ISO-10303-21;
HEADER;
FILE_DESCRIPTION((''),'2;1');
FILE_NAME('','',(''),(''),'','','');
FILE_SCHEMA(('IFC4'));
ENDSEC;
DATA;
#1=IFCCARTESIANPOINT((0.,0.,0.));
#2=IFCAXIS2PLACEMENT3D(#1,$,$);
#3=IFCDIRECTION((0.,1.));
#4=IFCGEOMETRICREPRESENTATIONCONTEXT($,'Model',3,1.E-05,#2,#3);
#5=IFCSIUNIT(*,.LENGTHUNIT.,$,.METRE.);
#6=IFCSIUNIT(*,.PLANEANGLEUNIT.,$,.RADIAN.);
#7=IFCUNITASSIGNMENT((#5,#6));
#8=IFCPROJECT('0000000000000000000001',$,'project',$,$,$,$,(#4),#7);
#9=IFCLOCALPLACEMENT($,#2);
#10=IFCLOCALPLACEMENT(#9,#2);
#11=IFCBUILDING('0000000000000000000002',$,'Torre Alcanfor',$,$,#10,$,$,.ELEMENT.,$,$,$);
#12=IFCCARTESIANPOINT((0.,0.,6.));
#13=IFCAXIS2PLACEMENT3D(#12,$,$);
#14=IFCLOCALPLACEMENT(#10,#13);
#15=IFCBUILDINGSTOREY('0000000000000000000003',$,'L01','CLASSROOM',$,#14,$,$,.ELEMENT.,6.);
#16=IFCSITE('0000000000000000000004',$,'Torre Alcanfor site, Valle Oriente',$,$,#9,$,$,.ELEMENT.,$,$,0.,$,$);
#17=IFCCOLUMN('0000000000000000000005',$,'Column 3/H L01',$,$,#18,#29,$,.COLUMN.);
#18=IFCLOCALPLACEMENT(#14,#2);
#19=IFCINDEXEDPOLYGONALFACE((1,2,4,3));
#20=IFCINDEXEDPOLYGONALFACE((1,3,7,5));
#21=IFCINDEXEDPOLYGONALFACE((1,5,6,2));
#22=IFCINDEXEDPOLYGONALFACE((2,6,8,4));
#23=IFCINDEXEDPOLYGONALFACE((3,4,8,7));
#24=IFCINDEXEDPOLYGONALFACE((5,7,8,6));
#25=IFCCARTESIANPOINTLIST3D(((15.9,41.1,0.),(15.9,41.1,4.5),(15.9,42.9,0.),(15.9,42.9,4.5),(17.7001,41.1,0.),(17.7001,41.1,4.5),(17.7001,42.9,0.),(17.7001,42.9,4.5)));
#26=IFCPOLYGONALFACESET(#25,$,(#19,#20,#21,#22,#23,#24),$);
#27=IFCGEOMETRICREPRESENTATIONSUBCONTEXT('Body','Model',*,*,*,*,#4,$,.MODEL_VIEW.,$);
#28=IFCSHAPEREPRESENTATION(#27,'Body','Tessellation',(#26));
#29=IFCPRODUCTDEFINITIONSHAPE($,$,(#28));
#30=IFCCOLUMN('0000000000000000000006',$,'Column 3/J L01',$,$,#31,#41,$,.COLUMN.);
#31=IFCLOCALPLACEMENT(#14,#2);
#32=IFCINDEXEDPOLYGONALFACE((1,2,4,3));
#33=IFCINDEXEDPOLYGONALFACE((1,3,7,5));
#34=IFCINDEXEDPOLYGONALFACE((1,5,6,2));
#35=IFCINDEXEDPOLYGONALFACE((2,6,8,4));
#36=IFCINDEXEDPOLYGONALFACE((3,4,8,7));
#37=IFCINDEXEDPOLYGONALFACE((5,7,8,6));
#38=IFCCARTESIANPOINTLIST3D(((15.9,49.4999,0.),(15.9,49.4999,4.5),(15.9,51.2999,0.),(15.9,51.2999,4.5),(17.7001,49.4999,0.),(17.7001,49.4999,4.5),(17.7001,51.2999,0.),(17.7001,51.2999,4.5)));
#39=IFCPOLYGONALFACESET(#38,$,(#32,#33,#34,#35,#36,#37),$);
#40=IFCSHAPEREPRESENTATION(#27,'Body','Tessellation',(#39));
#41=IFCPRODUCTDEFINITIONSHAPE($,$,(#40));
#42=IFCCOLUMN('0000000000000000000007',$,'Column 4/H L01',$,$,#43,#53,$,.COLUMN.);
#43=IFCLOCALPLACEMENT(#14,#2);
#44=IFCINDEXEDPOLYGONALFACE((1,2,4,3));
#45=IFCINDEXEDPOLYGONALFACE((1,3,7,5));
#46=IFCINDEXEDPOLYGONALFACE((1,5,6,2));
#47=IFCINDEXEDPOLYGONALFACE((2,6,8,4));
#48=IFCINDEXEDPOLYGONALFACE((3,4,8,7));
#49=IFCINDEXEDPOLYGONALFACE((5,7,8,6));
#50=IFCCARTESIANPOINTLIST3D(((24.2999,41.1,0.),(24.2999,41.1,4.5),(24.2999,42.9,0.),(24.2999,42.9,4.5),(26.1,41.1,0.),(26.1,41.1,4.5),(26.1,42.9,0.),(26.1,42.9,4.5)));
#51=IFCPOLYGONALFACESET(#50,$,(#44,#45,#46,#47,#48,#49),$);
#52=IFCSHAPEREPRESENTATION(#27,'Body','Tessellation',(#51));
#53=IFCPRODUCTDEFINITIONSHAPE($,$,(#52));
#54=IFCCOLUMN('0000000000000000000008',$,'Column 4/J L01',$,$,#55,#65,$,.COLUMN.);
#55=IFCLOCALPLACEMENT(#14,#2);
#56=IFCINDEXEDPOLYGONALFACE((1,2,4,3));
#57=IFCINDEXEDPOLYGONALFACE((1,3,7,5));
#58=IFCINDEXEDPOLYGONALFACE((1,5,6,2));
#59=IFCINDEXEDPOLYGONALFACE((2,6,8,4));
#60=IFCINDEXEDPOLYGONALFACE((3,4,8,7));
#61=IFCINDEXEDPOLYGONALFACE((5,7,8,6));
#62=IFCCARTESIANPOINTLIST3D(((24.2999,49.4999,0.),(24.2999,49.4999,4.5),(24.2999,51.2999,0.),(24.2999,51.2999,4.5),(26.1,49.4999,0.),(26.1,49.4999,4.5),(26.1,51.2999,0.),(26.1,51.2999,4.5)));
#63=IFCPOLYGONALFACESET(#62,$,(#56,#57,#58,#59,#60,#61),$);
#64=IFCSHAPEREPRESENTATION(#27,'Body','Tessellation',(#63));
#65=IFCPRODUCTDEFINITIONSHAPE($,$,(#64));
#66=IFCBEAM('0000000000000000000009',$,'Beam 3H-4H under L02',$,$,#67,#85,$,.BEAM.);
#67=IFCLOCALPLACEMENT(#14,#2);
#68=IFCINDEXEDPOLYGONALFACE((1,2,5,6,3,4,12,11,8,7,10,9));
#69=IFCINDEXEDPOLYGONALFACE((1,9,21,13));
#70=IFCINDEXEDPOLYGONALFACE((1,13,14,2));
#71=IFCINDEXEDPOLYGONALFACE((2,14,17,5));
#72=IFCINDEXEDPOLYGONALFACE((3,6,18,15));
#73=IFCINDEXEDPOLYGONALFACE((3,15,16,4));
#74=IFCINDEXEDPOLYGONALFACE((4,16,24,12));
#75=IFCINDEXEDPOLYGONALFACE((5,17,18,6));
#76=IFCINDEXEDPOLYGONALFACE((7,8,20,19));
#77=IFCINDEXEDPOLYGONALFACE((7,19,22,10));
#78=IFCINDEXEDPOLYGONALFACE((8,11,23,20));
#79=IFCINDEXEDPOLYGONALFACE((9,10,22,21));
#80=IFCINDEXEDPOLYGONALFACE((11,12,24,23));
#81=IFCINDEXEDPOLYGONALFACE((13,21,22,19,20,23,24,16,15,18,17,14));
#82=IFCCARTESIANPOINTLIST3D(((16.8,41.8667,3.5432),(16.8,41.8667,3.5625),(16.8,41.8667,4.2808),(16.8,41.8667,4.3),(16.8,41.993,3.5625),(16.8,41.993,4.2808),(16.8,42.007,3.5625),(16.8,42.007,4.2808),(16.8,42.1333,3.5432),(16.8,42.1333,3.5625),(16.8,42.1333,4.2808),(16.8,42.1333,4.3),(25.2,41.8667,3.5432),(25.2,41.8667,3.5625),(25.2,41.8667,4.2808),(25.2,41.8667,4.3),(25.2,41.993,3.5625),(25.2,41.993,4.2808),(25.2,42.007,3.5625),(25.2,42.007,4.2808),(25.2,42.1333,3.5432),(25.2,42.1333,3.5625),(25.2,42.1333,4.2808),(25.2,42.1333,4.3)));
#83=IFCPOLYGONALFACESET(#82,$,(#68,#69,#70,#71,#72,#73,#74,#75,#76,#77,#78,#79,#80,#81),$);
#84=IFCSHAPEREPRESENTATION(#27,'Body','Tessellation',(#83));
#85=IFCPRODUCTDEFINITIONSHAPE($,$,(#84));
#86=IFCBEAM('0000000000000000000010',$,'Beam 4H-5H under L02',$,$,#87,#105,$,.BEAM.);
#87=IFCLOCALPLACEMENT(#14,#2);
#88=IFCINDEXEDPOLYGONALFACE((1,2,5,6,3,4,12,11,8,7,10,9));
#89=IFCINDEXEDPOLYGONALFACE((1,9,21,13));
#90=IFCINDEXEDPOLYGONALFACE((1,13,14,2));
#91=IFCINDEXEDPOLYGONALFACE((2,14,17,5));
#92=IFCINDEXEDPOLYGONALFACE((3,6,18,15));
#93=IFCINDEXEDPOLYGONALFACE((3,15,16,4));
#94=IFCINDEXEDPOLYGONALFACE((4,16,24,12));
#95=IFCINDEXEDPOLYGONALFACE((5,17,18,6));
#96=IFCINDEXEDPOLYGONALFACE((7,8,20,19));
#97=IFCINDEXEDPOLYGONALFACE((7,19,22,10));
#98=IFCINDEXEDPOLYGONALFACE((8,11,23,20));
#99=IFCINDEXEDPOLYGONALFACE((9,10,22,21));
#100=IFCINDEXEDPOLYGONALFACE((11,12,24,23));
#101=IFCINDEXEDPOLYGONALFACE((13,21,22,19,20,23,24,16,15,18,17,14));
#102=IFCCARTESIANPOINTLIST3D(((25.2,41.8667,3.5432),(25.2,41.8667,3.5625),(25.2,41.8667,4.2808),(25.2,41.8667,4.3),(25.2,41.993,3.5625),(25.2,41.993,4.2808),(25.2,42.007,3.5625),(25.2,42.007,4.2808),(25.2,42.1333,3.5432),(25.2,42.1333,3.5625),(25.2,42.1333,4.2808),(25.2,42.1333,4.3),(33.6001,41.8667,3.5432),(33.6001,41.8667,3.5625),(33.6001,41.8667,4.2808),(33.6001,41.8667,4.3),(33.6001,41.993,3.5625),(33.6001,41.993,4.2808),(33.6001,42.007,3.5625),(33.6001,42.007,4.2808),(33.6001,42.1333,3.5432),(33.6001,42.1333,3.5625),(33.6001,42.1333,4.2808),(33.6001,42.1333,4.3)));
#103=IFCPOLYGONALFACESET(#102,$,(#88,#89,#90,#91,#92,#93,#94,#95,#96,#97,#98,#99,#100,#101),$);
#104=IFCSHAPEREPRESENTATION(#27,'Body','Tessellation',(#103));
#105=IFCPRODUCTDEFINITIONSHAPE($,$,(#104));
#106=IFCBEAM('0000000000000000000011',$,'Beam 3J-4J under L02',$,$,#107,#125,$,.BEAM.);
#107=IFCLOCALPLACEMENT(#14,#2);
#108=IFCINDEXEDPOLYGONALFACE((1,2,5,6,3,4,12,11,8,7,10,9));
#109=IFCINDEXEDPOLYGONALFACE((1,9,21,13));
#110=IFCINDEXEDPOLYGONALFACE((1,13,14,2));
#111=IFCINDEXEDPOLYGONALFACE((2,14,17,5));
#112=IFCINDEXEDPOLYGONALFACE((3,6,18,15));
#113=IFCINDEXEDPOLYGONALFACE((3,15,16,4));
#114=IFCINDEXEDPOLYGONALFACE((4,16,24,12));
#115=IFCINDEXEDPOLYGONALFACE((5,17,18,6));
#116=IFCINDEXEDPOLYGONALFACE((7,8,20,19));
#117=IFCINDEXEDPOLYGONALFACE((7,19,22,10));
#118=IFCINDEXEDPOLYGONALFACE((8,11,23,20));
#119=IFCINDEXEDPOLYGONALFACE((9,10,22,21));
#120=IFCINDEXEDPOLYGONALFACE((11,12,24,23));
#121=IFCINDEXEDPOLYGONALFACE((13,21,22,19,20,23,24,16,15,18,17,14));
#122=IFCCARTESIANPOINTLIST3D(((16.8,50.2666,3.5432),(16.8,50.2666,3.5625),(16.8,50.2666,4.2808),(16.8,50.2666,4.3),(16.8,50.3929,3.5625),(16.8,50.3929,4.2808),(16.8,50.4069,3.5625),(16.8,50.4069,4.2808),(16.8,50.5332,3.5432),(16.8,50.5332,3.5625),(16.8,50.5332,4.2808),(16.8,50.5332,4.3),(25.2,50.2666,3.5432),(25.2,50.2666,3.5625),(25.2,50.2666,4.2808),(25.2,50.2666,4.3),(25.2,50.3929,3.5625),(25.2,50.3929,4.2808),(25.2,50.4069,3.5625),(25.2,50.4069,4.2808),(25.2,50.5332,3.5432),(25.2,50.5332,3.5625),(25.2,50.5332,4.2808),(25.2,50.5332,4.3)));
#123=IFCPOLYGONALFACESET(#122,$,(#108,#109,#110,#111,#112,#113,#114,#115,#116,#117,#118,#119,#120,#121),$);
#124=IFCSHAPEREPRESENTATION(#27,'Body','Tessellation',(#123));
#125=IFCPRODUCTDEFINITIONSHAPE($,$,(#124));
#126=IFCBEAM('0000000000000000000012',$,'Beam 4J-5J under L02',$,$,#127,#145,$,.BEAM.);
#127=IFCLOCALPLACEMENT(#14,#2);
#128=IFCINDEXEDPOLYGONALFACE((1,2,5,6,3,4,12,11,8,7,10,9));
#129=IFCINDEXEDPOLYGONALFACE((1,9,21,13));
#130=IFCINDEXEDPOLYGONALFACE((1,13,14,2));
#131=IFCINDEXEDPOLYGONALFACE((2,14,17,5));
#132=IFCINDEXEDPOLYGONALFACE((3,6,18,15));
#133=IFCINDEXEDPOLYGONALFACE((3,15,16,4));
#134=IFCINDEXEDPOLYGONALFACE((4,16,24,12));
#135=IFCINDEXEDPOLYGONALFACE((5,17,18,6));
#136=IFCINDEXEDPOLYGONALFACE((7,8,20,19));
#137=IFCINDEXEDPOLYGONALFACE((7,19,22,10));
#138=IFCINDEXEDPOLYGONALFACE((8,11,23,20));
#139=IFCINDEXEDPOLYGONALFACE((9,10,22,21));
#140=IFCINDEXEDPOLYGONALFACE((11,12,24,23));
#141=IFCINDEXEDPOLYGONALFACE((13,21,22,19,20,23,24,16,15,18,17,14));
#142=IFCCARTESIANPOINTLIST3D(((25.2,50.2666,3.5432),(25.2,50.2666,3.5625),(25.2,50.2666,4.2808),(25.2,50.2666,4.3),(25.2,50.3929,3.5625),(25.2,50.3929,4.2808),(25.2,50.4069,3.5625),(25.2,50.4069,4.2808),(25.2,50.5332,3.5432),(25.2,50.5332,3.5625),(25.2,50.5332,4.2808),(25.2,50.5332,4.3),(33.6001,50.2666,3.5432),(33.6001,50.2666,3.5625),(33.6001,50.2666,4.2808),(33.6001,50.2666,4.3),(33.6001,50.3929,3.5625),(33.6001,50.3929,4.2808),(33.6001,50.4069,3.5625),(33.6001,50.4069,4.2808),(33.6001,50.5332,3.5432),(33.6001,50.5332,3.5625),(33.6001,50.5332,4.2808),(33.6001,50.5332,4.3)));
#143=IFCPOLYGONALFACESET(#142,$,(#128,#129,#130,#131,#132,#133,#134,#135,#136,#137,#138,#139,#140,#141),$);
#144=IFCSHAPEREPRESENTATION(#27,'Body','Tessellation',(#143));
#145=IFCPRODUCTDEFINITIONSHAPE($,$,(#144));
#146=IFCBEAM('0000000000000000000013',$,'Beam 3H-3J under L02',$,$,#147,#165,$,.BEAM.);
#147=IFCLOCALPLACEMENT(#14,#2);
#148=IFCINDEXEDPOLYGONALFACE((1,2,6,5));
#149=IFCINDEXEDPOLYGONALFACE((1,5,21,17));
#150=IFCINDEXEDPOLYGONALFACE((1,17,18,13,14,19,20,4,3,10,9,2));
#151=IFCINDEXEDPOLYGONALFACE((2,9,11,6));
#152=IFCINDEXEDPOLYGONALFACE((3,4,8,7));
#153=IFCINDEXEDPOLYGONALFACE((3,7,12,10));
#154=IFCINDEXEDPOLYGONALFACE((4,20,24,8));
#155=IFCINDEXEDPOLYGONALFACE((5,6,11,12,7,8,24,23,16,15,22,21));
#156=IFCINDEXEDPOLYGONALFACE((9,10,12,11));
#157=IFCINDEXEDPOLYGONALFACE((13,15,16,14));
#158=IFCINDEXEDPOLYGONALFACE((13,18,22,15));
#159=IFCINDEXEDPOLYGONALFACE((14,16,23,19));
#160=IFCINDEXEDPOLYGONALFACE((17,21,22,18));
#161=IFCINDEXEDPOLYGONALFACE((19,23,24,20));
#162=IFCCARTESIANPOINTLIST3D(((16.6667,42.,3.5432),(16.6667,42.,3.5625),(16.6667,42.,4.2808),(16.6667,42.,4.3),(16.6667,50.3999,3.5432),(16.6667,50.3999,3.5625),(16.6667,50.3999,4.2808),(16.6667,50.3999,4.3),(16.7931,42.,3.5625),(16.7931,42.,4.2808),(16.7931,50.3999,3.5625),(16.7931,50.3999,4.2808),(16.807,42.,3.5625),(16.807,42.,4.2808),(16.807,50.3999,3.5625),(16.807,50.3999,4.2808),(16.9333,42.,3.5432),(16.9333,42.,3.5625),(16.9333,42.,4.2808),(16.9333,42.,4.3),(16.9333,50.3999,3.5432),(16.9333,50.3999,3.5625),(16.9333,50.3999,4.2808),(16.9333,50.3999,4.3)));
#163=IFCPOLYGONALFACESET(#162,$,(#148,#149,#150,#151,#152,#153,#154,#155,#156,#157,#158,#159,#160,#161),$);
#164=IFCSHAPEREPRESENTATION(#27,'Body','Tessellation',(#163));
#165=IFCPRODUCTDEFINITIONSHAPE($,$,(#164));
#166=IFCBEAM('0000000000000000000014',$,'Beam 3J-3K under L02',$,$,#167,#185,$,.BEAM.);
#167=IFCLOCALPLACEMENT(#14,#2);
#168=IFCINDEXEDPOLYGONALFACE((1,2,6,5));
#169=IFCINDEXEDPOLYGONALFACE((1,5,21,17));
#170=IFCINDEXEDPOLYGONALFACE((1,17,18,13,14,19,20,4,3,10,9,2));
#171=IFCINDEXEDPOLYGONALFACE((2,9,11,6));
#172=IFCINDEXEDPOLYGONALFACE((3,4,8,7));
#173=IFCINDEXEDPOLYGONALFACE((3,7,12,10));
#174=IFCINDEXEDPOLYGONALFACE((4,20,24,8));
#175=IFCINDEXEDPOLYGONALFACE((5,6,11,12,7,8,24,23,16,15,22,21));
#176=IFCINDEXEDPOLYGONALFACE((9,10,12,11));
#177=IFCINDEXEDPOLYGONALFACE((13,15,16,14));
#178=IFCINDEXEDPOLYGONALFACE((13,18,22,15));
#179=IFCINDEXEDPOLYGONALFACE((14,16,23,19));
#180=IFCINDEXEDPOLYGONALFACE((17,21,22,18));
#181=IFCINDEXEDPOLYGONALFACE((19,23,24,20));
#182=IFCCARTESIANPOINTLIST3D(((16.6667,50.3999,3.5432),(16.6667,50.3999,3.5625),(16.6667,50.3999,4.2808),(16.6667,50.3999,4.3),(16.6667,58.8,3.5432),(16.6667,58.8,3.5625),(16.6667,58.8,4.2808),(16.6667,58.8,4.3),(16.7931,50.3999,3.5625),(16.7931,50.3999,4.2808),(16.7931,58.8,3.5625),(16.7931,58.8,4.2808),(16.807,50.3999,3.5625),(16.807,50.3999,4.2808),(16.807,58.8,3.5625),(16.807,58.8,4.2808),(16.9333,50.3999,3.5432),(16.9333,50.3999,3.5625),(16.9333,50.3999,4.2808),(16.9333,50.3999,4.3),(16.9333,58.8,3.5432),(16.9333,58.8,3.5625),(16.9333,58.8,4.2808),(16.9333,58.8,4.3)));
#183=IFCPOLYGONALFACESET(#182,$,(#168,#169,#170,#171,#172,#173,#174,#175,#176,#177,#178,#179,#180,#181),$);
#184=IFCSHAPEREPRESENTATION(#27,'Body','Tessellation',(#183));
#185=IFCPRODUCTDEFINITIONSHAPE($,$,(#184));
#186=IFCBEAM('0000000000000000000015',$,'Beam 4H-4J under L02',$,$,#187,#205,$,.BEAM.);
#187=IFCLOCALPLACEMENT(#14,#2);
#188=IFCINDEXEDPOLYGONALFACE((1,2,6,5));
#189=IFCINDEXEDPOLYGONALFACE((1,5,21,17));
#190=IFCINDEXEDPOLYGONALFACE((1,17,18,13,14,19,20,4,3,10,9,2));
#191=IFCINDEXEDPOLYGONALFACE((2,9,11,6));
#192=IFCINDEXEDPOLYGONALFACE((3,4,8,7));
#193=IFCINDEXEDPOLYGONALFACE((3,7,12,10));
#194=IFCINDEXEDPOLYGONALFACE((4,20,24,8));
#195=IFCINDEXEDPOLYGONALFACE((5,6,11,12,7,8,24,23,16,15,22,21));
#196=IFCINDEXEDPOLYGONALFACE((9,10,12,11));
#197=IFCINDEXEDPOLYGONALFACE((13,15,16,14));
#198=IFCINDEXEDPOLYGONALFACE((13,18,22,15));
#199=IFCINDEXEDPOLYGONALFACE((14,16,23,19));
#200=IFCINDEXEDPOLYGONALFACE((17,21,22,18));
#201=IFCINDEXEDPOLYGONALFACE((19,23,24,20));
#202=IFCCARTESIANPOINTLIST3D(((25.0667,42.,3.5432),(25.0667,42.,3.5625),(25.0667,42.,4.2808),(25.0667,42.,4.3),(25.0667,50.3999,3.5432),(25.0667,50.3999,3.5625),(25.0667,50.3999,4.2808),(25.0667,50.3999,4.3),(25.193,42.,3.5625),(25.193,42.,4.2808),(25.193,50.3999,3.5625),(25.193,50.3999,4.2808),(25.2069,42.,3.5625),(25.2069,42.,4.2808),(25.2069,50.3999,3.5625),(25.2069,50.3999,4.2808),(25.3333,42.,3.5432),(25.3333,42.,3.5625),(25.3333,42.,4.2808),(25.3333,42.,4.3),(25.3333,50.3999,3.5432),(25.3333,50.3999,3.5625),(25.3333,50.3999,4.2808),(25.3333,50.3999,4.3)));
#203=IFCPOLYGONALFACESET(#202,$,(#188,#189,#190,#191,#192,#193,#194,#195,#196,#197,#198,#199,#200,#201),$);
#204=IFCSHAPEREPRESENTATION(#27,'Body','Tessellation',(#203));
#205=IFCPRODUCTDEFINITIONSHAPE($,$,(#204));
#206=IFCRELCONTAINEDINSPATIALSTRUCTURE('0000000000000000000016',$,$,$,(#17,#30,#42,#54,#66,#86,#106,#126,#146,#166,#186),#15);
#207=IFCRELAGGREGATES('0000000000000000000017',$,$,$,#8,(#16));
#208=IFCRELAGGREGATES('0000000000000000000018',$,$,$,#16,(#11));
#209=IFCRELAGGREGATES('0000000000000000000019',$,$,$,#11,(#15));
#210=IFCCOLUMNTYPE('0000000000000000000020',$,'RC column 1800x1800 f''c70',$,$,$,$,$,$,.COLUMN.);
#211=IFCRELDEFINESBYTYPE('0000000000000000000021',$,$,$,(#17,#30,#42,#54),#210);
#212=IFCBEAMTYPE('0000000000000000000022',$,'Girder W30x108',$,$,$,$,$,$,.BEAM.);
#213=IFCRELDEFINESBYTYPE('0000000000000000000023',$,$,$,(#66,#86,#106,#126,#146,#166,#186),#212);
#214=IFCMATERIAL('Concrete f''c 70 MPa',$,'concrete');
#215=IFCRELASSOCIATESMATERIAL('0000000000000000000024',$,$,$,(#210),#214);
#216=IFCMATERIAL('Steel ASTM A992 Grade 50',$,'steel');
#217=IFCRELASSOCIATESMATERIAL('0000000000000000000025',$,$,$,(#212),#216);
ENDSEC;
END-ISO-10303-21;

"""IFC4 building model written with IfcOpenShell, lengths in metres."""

from ifc_helpers import new_model, si_unit, direction, frame, origin, origin_2d, place, context, subcontext, project, spatial, rectangle, i_section, extrude, material, material_profile, profile_set, type_object, element, save


model = new_model("IFC4")

# Units and contexts
model_context = context("Model", 3, precision=1e-05, world=origin(), true_north=direction((0.0, 1.0)))
body_context = subcontext(model_context, "Body", "Model", "MODEL_VIEW")
ifc_project = project(units=[si_unit("LENGTHUNIT", "METRE"), si_unit("PLANEANGLEUNIT", "RADIAN")], contexts=[model_context])

# Site, building, storey
site_placement = place(None, origin())
site = spatial("IfcSite", under=ifc_project, at=site_placement, Name="Torre Alcanfor site, Valle Oriente", CompositionType="ELEMENT", RefElevation=0.0)
building_placement = place(site_placement, origin())
building = spatial("IfcBuilding", under=site, at=building_placement, Name="Torre Alcanfor", CompositionType="ELEMENT")
storey_placement = place(building_placement, frame((0.0, 0.0, 6.0)))
storey = spatial("IfcBuildingStorey", under=building, at=storey_placement, Name="L01", Description="CLASSROOM", CompositionType="ELEMENT", Elevation=6.0)

# Columns
ifc_material_1 = material(Name="Concrete f'c 70 MPa", Category="concrete")
ifc_material_profile_1 = material_profile(ifc_material_1, rectangle(XDim=1.8, YDim=1.8, at=origin_2d()), Name="1800x1800")
ifc_profile_set_1 = profile_set([ifc_material_profile_1], Name="Concrete f'c 70 MPa")
column_type = type_object("IfcColumnType", Name="RC column 1800x1800 f'c70", PredefinedType="COLUMN", material=ifc_profile_set_1)
for number, where, z_axis, x_axis, name in (
    (1, (16.8, 42.0, 0.0), (0.0, 0.0, 1.0), (1.0, 0.0, 0.0), "Column 3/H L01"),
    (2, (16.8, 50.3999, 0.0), (0.0, 0.0, 1.0), (1.0, 0.0, 0.0), "Column 3/J L01"),
    (3, (25.2, 42.0, 0.0), (0.0, 0.0, 1.0), (1.0, 0.0, 0.0), "Column 4/H L01"),
    (4, (25.2, 50.3999, 0.0), (0.0, 0.0, 1.0), (1.0, 0.0, 0.0), "Column 4/J L01"),
):
    element("IfcColumn", number, at=place(storey_placement, frame(where, z_axis=z_axis, x_axis=x_axis)), inside=storey, type_object=column_type, Name=name, PredefinedType="COLUMN", context=body_context, shape_type="SweptSolid", body=[
        extrude(rectangle(XDim=1.8, YDim=1.8, at=origin_2d()), origin(), (0.0, 0.0, 1.0), 4.5),
    ])

# Beams
ifc_material_2 = material(Name="Steel ASTM A992 Grade 50", Category="steel")
ifc_material_profile_2 = material_profile(ifc_material_2, i_section(OverallWidth=0.2666, OverallDepth=0.7568, WebThickness=0.0139, FlangeThickness=0.0193, at=origin_2d()), Name="W30x108")
ifc_profile_set_2 = profile_set([ifc_material_profile_2], Name="Steel ASTM A992 Grade 50")
beam_type_1 = type_object("IfcBeamType", Name="Girder W30x108", PredefinedType="BEAM", material=ifc_profile_set_2)
beam_1_placement = place(storey_placement, frame((16.8, 42.0, 3.9216), z_axis=(1.0, 0.0, 0.0), x_axis=(0.0, 1.0, 0.0)))
element("IfcBeam", 5, at=beam_1_placement, inside=storey, type_object=beam_type_1, Name="Beam 3H-4H under L02", PredefinedType="BEAM", context=body_context, shape_type="SweptSolid", body=[
    extrude(i_section(OverallWidth=0.2666, OverallDepth=0.7568, WebThickness=0.0139, FlangeThickness=0.0193, at=origin_2d()), origin(), (0.0, 0.0, 1.0), 8.3999),
])
beam_2_placement = place(storey_placement, frame((25.2, 42.0, 3.9216), z_axis=(1.0, 0.0, 0.0), x_axis=(0.0, 1.0, 0.0)))
element("IfcBeam", 6, at=beam_2_placement, inside=storey, type_object=beam_type_1, Name="Beam 4H-5H under L02", PredefinedType="BEAM", context=body_context, shape_type="SweptSolid", body=[
    extrude(i_section(OverallWidth=0.2666, OverallDepth=0.7568, WebThickness=0.0139, FlangeThickness=0.0193, at=origin_2d()), origin(), (0.0, 0.0, 1.0), 8.4001),
])
beam_3_placement = place(storey_placement, frame((16.8, 50.3999, 3.9216), z_axis=(1.0, 0.0, 0.0), x_axis=(0.0, 1.0, 0.0)))
element("IfcBeam", 7, at=beam_3_placement, inside=storey, type_object=beam_type_1, Name="Beam 3J-4J under L02", PredefinedType="BEAM", context=body_context, shape_type="SweptSolid", body=[
    extrude(i_section(OverallWidth=0.2666, OverallDepth=0.7568, WebThickness=0.0139, FlangeThickness=0.0193, at=origin_2d()), origin(), (0.0, 0.0, 1.0), 8.3999),
])
beam_4_placement = place(storey_placement, frame((25.2, 50.3999, 3.9216), z_axis=(1.0, 0.0, 0.0), x_axis=(0.0, 1.0, 0.0)))
element("IfcBeam", 8, at=beam_4_placement, inside=storey, type_object=beam_type_1, Name="Beam 4J-5J under L02", PredefinedType="BEAM", context=body_context, shape_type="SweptSolid", body=[
    extrude(i_section(OverallWidth=0.2666, OverallDepth=0.7568, WebThickness=0.0139, FlangeThickness=0.0193, at=origin_2d()), origin(), (0.0, 0.0, 1.0), 8.4001),
])
beam_5_placement = place(storey_placement, frame((16.8, 42.0, 3.9216), z_axis=(0.0, 1.0, 0.0), x_axis=(-1.0, 0.0, 0.0)))
element("IfcBeam", 9, at=beam_5_placement, inside=storey, type_object=beam_type_1, Name="Beam 3H-3J under L02", PredefinedType="BEAM", context=body_context, shape_type="SweptSolid", body=[
    extrude(i_section(OverallWidth=0.2666, OverallDepth=0.7568, WebThickness=0.0139, FlangeThickness=0.0193, at=origin_2d()), origin(), (0.0, 0.0, 1.0), 8.3999),
])
beam_6_placement = place(storey_placement, frame((16.8, 50.3999, 3.9216), z_axis=(0.0, 1.0, 0.0), x_axis=(-1.0, 0.0, 0.0)))
element("IfcBeam", 10, at=beam_6_placement, inside=storey, type_object=beam_type_1, Name="Beam 3J-3K under L02", PredefinedType="BEAM", context=body_context, shape_type="SweptSolid", body=[
    extrude(i_section(OverallWidth=0.2666, OverallDepth=0.7568, WebThickness=0.0139, FlangeThickness=0.0193, at=origin_2d()), origin(), (0.0, 0.0, 1.0), 8.4001),
])
beam_7_placement = place(storey_placement, frame((25.2, 42.0, 3.9216), z_axis=(0.0, 1.0, 0.0), x_axis=(-1.0, 0.0, 0.0)))
element("IfcBeam", 11, at=beam_7_placement, inside=storey, type_object=beam_type_1, Name="Beam 4H-4J under L02", PredefinedType="BEAM", context=body_context, shape_type="SweptSolid", body=[
    extrude(i_section(OverallWidth=0.2666, OverallDepth=0.7568, WebThickness=0.0139, FlangeThickness=0.0193, at=origin_2d()), origin(), (0.0, 0.0, 1.0), 8.3999),
])

save(model, "model.ifc")
